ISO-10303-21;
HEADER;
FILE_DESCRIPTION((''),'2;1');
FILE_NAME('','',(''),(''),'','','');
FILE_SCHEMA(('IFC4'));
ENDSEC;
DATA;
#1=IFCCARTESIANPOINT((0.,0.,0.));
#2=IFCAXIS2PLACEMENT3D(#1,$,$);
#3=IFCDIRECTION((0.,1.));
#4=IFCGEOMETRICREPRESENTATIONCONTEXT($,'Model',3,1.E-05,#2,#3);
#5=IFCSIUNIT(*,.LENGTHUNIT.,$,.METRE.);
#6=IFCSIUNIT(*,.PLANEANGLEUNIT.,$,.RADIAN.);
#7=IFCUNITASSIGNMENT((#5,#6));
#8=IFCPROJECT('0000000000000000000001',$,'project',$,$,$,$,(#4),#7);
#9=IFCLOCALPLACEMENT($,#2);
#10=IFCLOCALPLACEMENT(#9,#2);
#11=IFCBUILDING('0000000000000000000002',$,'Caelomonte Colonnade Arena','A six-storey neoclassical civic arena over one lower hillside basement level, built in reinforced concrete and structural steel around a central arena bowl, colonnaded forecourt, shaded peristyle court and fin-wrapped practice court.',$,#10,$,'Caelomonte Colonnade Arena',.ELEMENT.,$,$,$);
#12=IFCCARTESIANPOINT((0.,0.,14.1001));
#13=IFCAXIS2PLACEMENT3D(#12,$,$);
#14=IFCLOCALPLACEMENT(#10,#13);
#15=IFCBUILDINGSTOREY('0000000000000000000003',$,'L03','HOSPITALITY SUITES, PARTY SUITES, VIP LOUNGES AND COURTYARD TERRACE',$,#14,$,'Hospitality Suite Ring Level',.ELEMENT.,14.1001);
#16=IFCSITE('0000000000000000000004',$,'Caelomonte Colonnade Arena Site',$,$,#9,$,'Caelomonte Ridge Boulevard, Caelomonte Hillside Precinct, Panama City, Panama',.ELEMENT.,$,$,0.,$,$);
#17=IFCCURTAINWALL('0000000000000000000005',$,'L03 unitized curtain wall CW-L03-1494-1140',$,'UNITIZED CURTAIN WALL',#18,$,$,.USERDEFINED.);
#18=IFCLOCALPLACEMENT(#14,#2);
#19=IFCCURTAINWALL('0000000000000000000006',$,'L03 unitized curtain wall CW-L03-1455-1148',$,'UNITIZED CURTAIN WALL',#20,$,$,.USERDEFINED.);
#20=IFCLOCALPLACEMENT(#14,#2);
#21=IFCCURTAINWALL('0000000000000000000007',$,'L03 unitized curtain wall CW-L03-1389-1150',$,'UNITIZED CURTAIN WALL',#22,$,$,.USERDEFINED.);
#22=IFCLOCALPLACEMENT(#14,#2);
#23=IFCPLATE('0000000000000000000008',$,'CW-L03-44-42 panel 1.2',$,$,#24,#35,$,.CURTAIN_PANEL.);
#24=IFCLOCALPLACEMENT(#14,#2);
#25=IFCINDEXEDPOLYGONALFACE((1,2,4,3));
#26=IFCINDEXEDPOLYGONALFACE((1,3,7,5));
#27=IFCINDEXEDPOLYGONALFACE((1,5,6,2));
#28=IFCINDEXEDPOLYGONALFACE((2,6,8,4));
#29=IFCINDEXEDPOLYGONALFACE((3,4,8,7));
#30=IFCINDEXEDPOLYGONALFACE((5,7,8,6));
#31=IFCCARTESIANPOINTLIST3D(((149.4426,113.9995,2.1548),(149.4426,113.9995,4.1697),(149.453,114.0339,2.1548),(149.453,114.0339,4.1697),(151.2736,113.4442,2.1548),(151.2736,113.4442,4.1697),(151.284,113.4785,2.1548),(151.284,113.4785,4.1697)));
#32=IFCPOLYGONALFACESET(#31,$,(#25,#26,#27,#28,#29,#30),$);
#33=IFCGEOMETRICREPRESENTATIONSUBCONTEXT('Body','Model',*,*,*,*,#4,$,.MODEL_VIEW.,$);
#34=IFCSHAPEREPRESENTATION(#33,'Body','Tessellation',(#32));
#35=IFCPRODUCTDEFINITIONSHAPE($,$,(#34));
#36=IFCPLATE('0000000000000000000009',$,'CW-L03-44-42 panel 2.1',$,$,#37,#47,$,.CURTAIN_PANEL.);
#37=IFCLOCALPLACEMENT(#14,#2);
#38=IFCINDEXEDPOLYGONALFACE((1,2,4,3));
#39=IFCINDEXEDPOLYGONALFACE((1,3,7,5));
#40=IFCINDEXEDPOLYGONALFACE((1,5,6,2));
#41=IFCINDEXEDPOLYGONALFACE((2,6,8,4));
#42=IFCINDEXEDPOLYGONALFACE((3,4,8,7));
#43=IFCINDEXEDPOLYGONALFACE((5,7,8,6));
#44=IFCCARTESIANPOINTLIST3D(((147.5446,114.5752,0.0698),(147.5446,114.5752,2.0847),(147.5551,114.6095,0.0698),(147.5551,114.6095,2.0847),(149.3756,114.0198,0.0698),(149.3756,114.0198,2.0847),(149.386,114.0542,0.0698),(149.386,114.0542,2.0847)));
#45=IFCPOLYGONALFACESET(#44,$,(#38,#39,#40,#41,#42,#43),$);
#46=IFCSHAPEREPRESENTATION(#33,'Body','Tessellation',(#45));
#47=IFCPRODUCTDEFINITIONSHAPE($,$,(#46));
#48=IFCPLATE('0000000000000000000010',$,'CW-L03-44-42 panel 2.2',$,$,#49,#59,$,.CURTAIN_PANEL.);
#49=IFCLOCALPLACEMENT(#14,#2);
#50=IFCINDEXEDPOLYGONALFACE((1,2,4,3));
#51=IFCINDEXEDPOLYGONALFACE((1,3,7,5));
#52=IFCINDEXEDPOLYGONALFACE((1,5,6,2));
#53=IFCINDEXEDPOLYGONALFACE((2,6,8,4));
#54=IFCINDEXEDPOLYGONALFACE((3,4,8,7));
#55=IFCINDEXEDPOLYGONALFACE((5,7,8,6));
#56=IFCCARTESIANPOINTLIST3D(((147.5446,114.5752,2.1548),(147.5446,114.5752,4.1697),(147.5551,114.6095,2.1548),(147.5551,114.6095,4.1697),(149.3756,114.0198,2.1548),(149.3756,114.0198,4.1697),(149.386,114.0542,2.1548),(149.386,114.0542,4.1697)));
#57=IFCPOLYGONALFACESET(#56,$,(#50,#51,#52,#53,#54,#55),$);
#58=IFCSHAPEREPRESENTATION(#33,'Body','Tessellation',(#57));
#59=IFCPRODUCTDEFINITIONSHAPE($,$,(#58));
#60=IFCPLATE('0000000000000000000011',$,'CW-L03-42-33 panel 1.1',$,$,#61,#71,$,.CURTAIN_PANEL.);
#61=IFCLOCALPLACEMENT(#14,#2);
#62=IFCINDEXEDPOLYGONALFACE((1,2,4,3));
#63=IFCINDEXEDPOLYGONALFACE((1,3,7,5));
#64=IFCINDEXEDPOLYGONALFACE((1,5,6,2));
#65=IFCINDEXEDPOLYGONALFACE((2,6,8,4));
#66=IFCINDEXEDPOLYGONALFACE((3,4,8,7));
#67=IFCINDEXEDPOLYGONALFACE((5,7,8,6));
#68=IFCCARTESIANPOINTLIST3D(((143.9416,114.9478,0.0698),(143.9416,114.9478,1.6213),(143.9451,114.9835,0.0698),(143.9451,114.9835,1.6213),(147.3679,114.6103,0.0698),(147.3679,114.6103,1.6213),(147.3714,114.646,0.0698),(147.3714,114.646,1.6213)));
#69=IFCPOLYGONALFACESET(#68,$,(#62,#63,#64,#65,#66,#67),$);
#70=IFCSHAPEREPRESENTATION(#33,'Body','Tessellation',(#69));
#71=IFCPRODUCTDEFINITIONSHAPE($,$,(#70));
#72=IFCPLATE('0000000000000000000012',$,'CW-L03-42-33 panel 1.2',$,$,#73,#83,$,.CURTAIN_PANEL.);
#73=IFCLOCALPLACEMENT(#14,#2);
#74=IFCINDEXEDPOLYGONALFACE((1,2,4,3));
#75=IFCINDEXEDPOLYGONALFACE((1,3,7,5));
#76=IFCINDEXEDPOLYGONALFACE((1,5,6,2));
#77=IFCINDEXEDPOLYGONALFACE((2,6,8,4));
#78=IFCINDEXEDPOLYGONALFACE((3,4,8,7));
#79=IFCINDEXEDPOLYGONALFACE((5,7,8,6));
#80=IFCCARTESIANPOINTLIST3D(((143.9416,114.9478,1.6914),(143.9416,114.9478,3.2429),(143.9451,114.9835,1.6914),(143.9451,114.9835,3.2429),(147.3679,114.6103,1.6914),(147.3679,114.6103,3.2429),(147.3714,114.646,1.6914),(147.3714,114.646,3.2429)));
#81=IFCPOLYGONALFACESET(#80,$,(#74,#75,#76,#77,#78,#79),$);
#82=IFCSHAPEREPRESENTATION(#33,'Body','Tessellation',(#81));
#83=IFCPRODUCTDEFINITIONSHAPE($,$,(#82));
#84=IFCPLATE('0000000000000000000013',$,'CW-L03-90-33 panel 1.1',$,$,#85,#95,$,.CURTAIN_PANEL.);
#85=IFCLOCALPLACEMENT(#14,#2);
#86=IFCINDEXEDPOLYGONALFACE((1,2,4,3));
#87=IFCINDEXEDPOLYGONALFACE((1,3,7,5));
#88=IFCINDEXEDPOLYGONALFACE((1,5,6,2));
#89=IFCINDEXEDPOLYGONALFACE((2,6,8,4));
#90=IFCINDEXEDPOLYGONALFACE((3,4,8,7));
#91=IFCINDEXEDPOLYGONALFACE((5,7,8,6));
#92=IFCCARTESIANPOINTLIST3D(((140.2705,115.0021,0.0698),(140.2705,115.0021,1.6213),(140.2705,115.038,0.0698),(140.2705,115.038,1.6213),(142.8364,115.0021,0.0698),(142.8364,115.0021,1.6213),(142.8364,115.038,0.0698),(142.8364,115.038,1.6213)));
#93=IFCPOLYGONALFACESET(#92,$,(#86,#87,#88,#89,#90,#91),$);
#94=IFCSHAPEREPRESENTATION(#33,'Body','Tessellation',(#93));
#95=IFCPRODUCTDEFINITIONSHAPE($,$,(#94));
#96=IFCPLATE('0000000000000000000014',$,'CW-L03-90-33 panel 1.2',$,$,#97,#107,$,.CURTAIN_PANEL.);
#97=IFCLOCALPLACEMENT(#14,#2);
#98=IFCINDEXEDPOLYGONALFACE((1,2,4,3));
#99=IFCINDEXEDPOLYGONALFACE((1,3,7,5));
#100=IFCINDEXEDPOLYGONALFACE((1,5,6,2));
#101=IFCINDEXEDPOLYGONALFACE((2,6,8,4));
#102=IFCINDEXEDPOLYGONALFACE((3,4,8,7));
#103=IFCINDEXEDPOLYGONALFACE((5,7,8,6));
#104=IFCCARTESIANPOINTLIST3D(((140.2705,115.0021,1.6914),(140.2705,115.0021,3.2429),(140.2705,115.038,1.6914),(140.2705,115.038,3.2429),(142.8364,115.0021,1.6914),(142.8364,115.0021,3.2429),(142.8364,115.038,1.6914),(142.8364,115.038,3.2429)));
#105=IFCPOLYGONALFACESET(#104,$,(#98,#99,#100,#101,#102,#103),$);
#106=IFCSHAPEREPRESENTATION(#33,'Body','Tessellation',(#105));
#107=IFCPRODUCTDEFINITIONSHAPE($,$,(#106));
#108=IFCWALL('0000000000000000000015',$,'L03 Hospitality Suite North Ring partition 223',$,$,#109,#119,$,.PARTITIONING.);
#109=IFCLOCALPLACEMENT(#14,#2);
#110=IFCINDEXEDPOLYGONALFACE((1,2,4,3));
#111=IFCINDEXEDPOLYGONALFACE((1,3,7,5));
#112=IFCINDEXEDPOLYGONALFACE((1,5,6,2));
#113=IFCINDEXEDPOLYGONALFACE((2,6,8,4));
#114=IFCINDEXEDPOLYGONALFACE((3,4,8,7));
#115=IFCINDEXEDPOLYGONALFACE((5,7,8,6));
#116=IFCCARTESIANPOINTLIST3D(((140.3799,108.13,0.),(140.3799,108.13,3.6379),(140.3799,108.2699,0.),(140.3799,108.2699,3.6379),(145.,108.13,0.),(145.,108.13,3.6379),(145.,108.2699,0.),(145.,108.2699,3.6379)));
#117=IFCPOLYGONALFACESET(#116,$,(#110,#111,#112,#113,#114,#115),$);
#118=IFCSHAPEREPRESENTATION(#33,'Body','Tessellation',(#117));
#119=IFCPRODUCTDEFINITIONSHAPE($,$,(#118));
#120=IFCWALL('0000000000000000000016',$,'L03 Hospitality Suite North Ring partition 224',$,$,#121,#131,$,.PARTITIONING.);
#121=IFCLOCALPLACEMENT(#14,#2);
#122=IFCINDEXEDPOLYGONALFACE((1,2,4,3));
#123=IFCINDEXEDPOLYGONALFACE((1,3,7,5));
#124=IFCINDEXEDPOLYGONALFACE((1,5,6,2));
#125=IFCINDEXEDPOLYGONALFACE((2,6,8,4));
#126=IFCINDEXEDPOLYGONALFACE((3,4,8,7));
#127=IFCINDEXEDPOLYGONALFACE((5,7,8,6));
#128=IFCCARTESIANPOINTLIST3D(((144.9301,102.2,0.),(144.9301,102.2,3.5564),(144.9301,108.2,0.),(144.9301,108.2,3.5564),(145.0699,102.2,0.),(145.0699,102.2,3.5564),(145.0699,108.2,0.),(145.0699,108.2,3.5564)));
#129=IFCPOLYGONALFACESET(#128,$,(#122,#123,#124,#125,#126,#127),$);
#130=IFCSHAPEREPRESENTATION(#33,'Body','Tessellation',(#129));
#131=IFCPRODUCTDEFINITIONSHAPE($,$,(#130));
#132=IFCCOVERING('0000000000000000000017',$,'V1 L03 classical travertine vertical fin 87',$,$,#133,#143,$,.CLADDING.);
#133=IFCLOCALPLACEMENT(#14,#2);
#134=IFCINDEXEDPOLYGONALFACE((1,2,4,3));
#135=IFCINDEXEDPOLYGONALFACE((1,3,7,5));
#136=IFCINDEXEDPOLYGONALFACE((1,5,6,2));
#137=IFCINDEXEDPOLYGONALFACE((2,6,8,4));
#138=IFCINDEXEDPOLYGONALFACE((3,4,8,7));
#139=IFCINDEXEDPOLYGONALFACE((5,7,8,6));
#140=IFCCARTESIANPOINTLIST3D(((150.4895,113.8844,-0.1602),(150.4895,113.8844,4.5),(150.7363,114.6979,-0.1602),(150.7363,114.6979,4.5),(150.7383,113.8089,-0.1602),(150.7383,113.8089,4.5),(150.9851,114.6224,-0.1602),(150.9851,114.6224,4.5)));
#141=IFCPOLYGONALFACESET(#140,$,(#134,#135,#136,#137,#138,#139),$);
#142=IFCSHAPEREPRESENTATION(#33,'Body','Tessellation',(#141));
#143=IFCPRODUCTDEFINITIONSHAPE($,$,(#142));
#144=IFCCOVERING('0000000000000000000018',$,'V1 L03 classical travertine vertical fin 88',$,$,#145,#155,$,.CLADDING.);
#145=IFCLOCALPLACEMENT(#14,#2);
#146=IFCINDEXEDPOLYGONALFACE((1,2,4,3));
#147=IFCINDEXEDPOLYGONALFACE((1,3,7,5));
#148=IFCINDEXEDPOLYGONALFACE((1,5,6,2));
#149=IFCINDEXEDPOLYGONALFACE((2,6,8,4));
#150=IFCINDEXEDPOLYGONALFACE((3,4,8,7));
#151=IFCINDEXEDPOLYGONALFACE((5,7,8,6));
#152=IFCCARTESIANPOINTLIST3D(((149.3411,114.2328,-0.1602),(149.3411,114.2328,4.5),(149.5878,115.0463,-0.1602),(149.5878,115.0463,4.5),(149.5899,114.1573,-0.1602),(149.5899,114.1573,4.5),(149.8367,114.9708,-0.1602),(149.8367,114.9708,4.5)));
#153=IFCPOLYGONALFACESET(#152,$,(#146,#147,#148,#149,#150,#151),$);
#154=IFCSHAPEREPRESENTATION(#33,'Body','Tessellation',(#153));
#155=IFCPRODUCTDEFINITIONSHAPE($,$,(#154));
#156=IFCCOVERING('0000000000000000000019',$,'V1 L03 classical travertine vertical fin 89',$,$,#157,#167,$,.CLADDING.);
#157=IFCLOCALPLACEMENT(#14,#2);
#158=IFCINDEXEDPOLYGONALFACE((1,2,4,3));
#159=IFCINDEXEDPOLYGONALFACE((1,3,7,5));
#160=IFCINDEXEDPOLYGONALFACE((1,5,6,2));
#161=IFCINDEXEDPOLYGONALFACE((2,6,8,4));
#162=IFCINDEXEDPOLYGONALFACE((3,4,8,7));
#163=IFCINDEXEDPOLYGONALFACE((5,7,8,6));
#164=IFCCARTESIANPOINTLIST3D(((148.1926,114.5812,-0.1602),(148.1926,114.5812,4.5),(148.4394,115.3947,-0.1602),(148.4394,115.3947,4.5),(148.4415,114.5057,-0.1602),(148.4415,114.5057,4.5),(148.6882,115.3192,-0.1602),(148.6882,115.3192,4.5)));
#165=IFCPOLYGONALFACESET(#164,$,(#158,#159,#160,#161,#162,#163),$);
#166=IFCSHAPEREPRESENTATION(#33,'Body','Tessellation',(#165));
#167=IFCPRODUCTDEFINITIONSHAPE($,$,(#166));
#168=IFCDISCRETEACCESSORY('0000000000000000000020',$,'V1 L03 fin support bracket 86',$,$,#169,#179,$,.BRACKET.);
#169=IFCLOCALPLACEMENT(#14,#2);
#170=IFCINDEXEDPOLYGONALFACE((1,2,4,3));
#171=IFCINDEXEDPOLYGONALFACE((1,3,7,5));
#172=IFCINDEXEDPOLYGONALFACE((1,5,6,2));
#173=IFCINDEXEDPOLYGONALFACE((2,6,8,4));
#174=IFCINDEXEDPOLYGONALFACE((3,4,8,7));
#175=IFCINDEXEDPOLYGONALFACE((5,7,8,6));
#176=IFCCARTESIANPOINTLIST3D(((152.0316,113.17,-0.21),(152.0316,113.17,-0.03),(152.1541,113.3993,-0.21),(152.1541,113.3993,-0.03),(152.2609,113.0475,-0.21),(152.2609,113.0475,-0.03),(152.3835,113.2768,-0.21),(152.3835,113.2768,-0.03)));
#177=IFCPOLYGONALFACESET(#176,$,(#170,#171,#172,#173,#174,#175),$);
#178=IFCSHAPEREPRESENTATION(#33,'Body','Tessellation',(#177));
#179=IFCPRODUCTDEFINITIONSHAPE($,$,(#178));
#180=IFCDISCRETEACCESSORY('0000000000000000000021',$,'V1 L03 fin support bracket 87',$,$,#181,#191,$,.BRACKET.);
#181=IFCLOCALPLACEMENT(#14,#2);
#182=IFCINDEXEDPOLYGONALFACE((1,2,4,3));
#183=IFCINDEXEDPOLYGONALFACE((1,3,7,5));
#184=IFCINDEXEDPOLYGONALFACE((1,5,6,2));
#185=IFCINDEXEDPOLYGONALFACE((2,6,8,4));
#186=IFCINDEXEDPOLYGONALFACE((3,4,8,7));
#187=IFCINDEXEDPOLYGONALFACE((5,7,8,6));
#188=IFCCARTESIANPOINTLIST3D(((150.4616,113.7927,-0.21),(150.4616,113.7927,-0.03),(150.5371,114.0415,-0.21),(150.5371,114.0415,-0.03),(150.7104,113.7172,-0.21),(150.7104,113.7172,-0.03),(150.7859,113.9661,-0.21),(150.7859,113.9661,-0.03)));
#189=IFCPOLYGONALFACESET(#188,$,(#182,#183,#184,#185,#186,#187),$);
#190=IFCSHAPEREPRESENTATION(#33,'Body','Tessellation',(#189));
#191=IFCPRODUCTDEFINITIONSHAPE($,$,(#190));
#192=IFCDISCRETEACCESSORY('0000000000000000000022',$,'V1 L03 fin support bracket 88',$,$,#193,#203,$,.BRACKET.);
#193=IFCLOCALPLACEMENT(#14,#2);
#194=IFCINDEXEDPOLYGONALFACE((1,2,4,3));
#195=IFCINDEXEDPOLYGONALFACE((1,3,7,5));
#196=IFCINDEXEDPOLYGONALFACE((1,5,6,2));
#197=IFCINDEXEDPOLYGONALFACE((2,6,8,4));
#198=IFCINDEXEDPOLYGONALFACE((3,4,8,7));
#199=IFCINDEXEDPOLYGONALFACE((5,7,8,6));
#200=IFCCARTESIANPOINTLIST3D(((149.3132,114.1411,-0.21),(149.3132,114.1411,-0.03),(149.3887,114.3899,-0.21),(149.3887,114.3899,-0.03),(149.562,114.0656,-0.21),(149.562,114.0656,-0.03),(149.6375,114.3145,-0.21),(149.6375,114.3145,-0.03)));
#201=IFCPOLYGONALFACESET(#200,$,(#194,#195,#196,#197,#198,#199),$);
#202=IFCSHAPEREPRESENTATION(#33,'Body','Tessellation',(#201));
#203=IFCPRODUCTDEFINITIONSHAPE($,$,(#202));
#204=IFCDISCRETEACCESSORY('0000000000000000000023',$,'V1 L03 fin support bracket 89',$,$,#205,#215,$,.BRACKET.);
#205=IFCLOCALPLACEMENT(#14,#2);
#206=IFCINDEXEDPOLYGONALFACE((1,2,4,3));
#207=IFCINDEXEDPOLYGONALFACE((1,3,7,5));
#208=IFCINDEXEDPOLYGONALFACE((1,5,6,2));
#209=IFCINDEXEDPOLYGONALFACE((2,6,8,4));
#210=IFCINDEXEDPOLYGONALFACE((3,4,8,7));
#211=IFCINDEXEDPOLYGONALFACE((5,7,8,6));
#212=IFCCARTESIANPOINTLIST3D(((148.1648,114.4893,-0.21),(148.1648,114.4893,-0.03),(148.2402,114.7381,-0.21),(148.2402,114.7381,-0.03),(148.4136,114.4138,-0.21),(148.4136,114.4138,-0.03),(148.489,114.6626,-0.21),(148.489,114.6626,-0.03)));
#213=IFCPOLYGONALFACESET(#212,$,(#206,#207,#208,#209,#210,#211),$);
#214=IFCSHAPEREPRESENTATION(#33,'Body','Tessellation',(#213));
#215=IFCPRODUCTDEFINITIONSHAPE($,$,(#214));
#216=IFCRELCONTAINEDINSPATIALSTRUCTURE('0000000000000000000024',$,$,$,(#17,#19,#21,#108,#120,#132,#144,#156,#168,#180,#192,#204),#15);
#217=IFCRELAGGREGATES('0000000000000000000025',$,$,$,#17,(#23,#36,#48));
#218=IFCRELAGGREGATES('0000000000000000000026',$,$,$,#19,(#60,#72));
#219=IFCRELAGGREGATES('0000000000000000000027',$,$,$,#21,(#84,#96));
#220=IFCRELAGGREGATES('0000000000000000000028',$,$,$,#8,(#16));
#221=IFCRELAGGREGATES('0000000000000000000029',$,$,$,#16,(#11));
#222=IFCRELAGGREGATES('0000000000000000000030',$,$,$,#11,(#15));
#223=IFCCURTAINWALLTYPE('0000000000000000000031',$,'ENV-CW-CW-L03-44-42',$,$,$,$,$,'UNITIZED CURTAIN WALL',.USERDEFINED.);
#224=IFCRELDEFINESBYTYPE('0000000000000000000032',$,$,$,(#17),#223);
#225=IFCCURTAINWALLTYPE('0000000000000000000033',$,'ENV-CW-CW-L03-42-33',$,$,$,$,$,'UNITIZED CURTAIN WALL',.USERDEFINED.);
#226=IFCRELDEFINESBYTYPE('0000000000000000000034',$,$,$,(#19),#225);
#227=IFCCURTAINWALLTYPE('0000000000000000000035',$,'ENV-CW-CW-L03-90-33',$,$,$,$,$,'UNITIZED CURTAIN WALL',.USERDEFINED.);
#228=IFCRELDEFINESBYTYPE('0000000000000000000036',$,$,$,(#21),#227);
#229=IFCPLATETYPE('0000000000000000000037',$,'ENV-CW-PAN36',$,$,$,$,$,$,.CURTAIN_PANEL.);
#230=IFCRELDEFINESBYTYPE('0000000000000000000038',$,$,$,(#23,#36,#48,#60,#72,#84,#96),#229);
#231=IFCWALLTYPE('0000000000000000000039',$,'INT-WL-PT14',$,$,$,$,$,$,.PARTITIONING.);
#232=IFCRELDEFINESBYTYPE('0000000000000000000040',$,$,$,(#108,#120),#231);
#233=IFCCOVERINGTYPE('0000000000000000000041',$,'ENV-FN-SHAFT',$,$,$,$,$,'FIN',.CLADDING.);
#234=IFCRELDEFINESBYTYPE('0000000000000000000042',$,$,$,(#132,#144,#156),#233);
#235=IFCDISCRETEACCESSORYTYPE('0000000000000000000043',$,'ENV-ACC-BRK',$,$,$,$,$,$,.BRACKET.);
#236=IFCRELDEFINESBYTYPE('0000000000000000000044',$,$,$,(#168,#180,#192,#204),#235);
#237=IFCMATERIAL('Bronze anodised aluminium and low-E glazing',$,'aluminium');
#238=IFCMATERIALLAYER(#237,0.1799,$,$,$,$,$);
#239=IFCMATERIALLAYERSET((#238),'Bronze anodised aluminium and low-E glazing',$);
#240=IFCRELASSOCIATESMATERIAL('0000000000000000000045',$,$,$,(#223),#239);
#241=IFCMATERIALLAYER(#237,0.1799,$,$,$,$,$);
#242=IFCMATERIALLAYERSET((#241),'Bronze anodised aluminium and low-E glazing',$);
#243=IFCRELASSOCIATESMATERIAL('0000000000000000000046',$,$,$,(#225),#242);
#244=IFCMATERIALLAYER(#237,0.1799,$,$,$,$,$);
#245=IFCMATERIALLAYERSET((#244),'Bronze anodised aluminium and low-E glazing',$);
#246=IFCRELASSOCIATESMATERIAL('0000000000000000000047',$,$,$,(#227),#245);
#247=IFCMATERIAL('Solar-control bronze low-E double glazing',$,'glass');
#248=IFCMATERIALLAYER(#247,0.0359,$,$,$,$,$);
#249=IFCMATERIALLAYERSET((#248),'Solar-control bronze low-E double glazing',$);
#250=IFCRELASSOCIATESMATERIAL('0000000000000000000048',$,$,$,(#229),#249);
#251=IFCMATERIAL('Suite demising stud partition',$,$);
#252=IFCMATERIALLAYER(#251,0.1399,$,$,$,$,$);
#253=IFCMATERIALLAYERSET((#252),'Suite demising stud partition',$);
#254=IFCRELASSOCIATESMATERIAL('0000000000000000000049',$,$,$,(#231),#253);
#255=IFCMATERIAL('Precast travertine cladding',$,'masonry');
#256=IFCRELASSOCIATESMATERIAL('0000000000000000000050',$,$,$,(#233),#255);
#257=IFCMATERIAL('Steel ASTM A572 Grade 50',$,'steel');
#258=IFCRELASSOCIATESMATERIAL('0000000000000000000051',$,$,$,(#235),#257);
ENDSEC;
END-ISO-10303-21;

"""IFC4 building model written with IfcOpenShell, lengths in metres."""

from ifc_helpers import new_model, si_unit, direction, frame, frame_2d, origin, origin_2d, place, context, subcontext, project, spatial, rectangle, extrude, material, layer, layer_set, material_profile, profile_set, type_object, element, aggregate, save


model = new_model("IFC4")

# Units and contexts
model_context = context("Model", 3, precision=1e-05, world=origin(), true_north=direction((0.0, 1.0)))
body_context = subcontext(model_context, "Body", "Model", "MODEL_VIEW")
ifc_project = project(units=[si_unit("LENGTHUNIT", "METRE"), si_unit("PLANEANGLEUNIT", "RADIAN")], contexts=[model_context])

# Site, building, storey
site_placement = place(None, origin())
site = spatial("IfcSite", under=ifc_project, at=site_placement, Name="Caelomonte Colonnade Arena Site", LongName="Caelomonte Ridge Boulevard, Caelomonte Hillside Precinct, Panama City, Panama", CompositionType="ELEMENT", RefElevation=0.0)
building_placement = place(site_placement, origin())
building = spatial("IfcBuilding", under=site, at=building_placement, Name="Caelomonte Colonnade Arena", Description="A six-storey neoclassical civic arena over one lower hillside basement level, built in reinforced concrete and structural steel around a central arena bowl, colonnaded forecourt, shaded peristyle court and fin-wrapped practice court.", LongName="Caelomonte Colonnade Arena", CompositionType="ELEMENT")
storey_placement = place(building_placement, frame((0.0, 0.0, 14.1001)))
storey = spatial("IfcBuildingStorey", under=building, at=storey_placement, Name="L03", Description="HOSPITALITY SUITES, PARTY SUITES, VIP LOUNGES AND COURTYARD TERRACE", LongName="Hospitality Suite Ring Level", CompositionType="ELEMENT", Elevation=14.1001)

# Shared definitions
ifc_material_1 = material(Name="Bronze anodised aluminium and low-E glazing", Category="aluminium")

# Curtain walls
ifc_layer_1 = layer(ifc_material_1, 0.1799)
ifc_layer_set_1 = layer_set([ifc_layer_1], Name="Bronze anodised aluminium and low-E glazing")
curtain_wall_type_1 = type_object("IfcCurtainWallType", Name="ENV-CW-CW-L03-44-42", ElementType="UNITIZED CURTAIN WALL", PredefinedType="USERDEFINED", material=ifc_layer_set_1)
curtain_wall_1_placement = place(storey_placement, origin())
curtain_wall_1 = element("IfcCurtainWall", 1, at=curtain_wall_1_placement, inside=storey, type_object=curtain_wall_type_1, Name="L03 unitized curtain wall CW-L03-1494-1140", ObjectType="UNITIZED CURTAIN WALL", PredefinedType="USERDEFINED")
ifc_layer_2 = layer(ifc_material_1, 0.1799)
ifc_layer_set_2 = layer_set([ifc_layer_2], Name="Bronze anodised aluminium and low-E glazing")
curtain_wall_type_2 = type_object("IfcCurtainWallType", Name="ENV-CW-CW-L03-42-33", ElementType="UNITIZED CURTAIN WALL", PredefinedType="USERDEFINED", material=ifc_layer_set_2)
curtain_wall_2_placement = place(storey_placement, origin())
curtain_wall_2 = element("IfcCurtainWall", 2, at=curtain_wall_2_placement, inside=storey, type_object=curtain_wall_type_2, Name="L03 unitized curtain wall CW-L03-1455-1148", ObjectType="UNITIZED CURTAIN WALL", PredefinedType="USERDEFINED")

# Curtain wall
ifc_layer_3 = layer(ifc_material_1, 0.1799)
ifc_layer_set_3 = layer_set([ifc_layer_3], Name="Bronze anodised aluminium and low-E glazing")
curtain_wall_type_3 = type_object("IfcCurtainWallType", Name="ENV-CW-CW-L03-90-33", ElementType="UNITIZED CURTAIN WALL", PredefinedType="USERDEFINED", material=ifc_layer_set_3)
curtain_wall_3_placement = place(storey_placement, origin())
curtain_wall_3 = element("IfcCurtainWall", 3, at=curtain_wall_3_placement, inside=storey, type_object=curtain_wall_type_3, Name="L03 unitized curtain wall CW-L03-1389-1150", ObjectType="UNITIZED CURTAIN WALL", PredefinedType="USERDEFINED")

# Plates
ifc_material_2 = material(Name="Solar-control bronze low-E double glazing", Category="glass")
ifc_layer_4 = layer(ifc_material_2, 0.0359)
ifc_layer_set_4 = layer_set([ifc_layer_4], Name="Solar-control bronze low-E double glazing")
plate_type = type_object("IfcPlateType", Name="ENV-CW-PAN36", PredefinedType="CURTAIN_PANEL", material=ifc_layer_set_4)
plate_1_placement = place(storey_placement, frame((150.3633, 113.739, 2.1548), z_axis=(0.0, 0.0, 1.0), x_axis=(-0.956949, 0.290256, 0.0)))
plate_1 = element("IfcPlate", 4, at=plate_1_placement, type_object=plate_type, Name="CW-L03-44-42 panel 1.2", PredefinedType="CURTAIN_PANEL", context=body_context, shape_type="SweptSolid", body=[
    extrude(rectangle(XDim=1.9133, YDim=0.0359, at=origin_2d()), origin(), (0.0, 0.0, 1.0), 2.0149),
])
plate_2_placement = place(storey_placement, frame((148.4653, 114.3147, 0.0698), z_axis=(0.0, 0.0, 1.0), x_axis=(-0.956949, 0.290256, 0.0)))
plate_2 = element("IfcPlate", 5, at=plate_2_placement, type_object=plate_type, Name="CW-L03-44-42 panel 2.1", PredefinedType="CURTAIN_PANEL", context=body_context, shape_type="SweptSolid", body=[
    extrude(rectangle(XDim=1.9133, YDim=0.0359, at=origin_2d()), origin(), (0.0, 0.0, 1.0), 2.0149),
])
plate_3_placement = place(storey_placement, frame((148.4653, 114.3147, 2.1548), z_axis=(0.0, 0.0, 1.0), x_axis=(-0.956949, 0.290256, 0.0)))
plate_3 = element("IfcPlate", 6, at=plate_3_placement, type_object=plate_type, Name="CW-L03-44-42 panel 2.2", PredefinedType="CURTAIN_PANEL", context=body_context, shape_type="SweptSolid", body=[
    extrude(rectangle(XDim=1.9133, YDim=0.0359, at=origin_2d()), origin(), (0.0, 0.0, 1.0), 2.0149),
])
aggregate(curtain_wall_1, [plate_1, plate_2, plate_3])
plate_4_placement = place(storey_placement, frame((145.6565, 114.7969, 0.0698), z_axis=(0.0, 0.0, 1.0), x_axis=(-0.995184, 0.09802, 0.0)))
plate_4 = element("IfcPlate", 7, at=plate_4_placement, type_object=plate_type, Name="CW-L03-42-33 panel 1.1", PredefinedType="CURTAIN_PANEL", context=body_context, shape_type="SweptSolid", body=[
    extrude(rectangle(XDim=3.4429, YDim=0.0359, at=origin_2d()), origin(), (0.0, 0.0, 1.0), 1.5515),
])
plate_5_placement = place(storey_placement, frame((145.6565, 114.7969, 1.6914), z_axis=(0.0, 0.0, 1.0), x_axis=(-0.995184, 0.09802, 0.0)))
plate_5 = element("IfcPlate", 8, at=plate_5_placement, type_object=plate_type, Name="CW-L03-42-33 panel 1.2", PredefinedType="CURTAIN_PANEL", context=body_context, shape_type="SweptSolid", body=[
    extrude(rectangle(XDim=3.4429, YDim=0.0359, at=origin_2d()), origin(), (0.0, 0.0, 1.0), 1.5515),
])
aggregate(curtain_wall_2, [plate_4, plate_5])
plate_6_placement = place(storey_placement, frame((141.5535, 115.02, 0.0698), z_axis=(0.0, 0.0, 1.0), x_axis=(-1.0, 0.0, 0.0)))
plate_6 = element("IfcPlate", 9, at=plate_6_placement, type_object=plate_type, Name="CW-L03-90-33 panel 1.1", PredefinedType="CURTAIN_PANEL", context=body_context, shape_type="SweptSolid", body=[
    extrude(rectangle(XDim=2.5659, YDim=0.0359, at=origin_2d()), origin(), (0.0, 0.0, 1.0), 1.5515),
])
plate_7_placement = place(storey_placement, frame((141.5535, 115.02, 1.6914), z_axis=(0.0, 0.0, 1.0), x_axis=(-1.0, 0.0, 0.0)))
plate_7 = element("IfcPlate", 10, at=plate_7_placement, type_object=plate_type, Name="CW-L03-90-33 panel 1.2", PredefinedType="CURTAIN_PANEL", context=body_context, shape_type="SweptSolid", body=[
    extrude(rectangle(XDim=2.5659, YDim=0.0359, at=origin_2d()), origin(), (0.0, 0.0, 1.0), 1.5515),
])
aggregate(curtain_wall_3, [plate_6, plate_7])

# Walls
ifc_material_3 = material(Name="Suite demising stud partition")
ifc_layer_5 = layer(ifc_material_3, 0.1399)
ifc_layer_set_5 = layer_set([ifc_layer_5], Name="Suite demising stud partition")
wall_type = type_object("IfcWallType", Name="INT-WL-PT14", PredefinedType="PARTITIONING", material=ifc_layer_set_5)
wall_1_placement = place(storey_placement, frame((140.3799, 108.2, 0.0), z_axis=(0.0, 0.0, 1.0), x_axis=(1.0, 0.0, 0.0)))
element("IfcWall", 11, at=wall_1_placement, inside=storey, type_object=wall_type, Name="L03 Hospitality Suite North Ring partition 223", PredefinedType="PARTITIONING", context=body_context, shape_type="SweptSolid", body=[
    extrude(rectangle(XDim=4.6201, YDim=0.1399, at=frame_2d((2.3101, 0.0))), origin(), (0.0, 0.0, 1.0), 3.6379),
])
wall_2_placement = place(storey_placement, frame((145.0, 108.2, 0.0), z_axis=(0.0, 0.0, 1.0), x_axis=(0.0, -1.0, 0.0)))
element("IfcWall", 12, at=wall_2_placement, inside=storey, type_object=wall_type, Name="L03 Hospitality Suite North Ring partition 224", PredefinedType="PARTITIONING", context=body_context, shape_type="SweptSolid", body=[
    extrude(rectangle(XDim=6.0, YDim=0.1399, at=frame_2d((3.0, 0.0))), origin(), (0.0, 0.0, 1.0), 3.5564),
])

# Coverings
ifc_material_4 = material(Name="Precast travertine cladding", Category="masonry")
ifc_material_profile_1 = material_profile(ifc_material_4, rectangle(XDim=0.26, YDim=0.8501, at=origin_2d()), Name="FIN260X850")
ifc_profile_set_1 = profile_set([ifc_material_profile_1], Name="Precast travertine cladding")
covering_type = type_object("IfcCoveringType", Name="ENV-FN-SHAFT", ElementType="FIN", PredefinedType="CLADDING", material=ifc_profile_set_1)
for number, where, z_axis, x_axis, name in (
    (13, (150.7373, 114.2534, -0.1602), (0.0, 0.0, 1.0), (0.956943, -0.290276, 0.0), "V1 L03 classical travertine vertical fin 87"),
    (14, (149.5889, 114.6018, -0.1602), (0.0, 0.0, 1.0), (0.956943, -0.290276, 0.0), "V1 L03 classical travertine vertical fin 88"),
    (15, (148.4404, 114.9502, -0.1602), (0.0, 0.0, 1.0), (0.956943, -0.290276, 0.0), "V1 L03 classical travertine vertical fin 89"),
):
    element("IfcCovering", number, at=place(storey_placement, frame(where, z_axis=z_axis, x_axis=x_axis)), inside=storey, type_object=covering_type, Name=name, PredefinedType="CLADDING", context=body_context, shape_type="SweptSolid", body=[
        extrude(rectangle(XDim=0.26, YDim=0.8501, at=origin_2d()), origin(), (0.0, 0.0, 1.0), 4.6602),
    ])

# Discrete accessories
ifc_material_5 = material(Name="Steel ASTM A572 Grade 50", Category="steel")
discrete_accessory_type = type_object("IfcDiscreteAccessoryType", Name="ENV-ACC-BRK", PredefinedType="BRACKET", material=ifc_material_5)
for number, where, z_axis, x_axis, name in (
    (16, (152.2075, 113.2234, -0.21), (0.0, 0.0, 1.0), (-0.881921, 0.471397, 0.0), "V1 L03 fin support bracket 86"),
    (17, (150.6238, 113.8794, -0.21), (0.0, 0.0, 1.0), (-0.956943, 0.290276, 0.0), "V1 L03 fin support bracket 87"),
    (18, (149.4753, 114.2278, -0.21), (0.0, 0.0, 1.0), (-0.956943, 0.290276, 0.0), "V1 L03 fin support bracket 88"),
    (19, (148.3269, 114.5759, -0.21), (0.0, 0.0, 1.0), (-0.956943, 0.290276, 0.0), "V1 L03 fin support bracket 89"),
):
    element("IfcDiscreteAccessory", number, at=place(storey_placement, frame(where, z_axis=z_axis, x_axis=x_axis)), inside=storey, type_object=discrete_accessory_type, Name=name, PredefinedType="BRACKET", context=body_context, shape_type="SweptSolid", body=[
        extrude(rectangle(XDim=0.26, YDim=0.26, at=origin_2d()), origin(), (0.0, 0.0, 1.0), 0.1799),
    ])

save(model, "model.ifc")
